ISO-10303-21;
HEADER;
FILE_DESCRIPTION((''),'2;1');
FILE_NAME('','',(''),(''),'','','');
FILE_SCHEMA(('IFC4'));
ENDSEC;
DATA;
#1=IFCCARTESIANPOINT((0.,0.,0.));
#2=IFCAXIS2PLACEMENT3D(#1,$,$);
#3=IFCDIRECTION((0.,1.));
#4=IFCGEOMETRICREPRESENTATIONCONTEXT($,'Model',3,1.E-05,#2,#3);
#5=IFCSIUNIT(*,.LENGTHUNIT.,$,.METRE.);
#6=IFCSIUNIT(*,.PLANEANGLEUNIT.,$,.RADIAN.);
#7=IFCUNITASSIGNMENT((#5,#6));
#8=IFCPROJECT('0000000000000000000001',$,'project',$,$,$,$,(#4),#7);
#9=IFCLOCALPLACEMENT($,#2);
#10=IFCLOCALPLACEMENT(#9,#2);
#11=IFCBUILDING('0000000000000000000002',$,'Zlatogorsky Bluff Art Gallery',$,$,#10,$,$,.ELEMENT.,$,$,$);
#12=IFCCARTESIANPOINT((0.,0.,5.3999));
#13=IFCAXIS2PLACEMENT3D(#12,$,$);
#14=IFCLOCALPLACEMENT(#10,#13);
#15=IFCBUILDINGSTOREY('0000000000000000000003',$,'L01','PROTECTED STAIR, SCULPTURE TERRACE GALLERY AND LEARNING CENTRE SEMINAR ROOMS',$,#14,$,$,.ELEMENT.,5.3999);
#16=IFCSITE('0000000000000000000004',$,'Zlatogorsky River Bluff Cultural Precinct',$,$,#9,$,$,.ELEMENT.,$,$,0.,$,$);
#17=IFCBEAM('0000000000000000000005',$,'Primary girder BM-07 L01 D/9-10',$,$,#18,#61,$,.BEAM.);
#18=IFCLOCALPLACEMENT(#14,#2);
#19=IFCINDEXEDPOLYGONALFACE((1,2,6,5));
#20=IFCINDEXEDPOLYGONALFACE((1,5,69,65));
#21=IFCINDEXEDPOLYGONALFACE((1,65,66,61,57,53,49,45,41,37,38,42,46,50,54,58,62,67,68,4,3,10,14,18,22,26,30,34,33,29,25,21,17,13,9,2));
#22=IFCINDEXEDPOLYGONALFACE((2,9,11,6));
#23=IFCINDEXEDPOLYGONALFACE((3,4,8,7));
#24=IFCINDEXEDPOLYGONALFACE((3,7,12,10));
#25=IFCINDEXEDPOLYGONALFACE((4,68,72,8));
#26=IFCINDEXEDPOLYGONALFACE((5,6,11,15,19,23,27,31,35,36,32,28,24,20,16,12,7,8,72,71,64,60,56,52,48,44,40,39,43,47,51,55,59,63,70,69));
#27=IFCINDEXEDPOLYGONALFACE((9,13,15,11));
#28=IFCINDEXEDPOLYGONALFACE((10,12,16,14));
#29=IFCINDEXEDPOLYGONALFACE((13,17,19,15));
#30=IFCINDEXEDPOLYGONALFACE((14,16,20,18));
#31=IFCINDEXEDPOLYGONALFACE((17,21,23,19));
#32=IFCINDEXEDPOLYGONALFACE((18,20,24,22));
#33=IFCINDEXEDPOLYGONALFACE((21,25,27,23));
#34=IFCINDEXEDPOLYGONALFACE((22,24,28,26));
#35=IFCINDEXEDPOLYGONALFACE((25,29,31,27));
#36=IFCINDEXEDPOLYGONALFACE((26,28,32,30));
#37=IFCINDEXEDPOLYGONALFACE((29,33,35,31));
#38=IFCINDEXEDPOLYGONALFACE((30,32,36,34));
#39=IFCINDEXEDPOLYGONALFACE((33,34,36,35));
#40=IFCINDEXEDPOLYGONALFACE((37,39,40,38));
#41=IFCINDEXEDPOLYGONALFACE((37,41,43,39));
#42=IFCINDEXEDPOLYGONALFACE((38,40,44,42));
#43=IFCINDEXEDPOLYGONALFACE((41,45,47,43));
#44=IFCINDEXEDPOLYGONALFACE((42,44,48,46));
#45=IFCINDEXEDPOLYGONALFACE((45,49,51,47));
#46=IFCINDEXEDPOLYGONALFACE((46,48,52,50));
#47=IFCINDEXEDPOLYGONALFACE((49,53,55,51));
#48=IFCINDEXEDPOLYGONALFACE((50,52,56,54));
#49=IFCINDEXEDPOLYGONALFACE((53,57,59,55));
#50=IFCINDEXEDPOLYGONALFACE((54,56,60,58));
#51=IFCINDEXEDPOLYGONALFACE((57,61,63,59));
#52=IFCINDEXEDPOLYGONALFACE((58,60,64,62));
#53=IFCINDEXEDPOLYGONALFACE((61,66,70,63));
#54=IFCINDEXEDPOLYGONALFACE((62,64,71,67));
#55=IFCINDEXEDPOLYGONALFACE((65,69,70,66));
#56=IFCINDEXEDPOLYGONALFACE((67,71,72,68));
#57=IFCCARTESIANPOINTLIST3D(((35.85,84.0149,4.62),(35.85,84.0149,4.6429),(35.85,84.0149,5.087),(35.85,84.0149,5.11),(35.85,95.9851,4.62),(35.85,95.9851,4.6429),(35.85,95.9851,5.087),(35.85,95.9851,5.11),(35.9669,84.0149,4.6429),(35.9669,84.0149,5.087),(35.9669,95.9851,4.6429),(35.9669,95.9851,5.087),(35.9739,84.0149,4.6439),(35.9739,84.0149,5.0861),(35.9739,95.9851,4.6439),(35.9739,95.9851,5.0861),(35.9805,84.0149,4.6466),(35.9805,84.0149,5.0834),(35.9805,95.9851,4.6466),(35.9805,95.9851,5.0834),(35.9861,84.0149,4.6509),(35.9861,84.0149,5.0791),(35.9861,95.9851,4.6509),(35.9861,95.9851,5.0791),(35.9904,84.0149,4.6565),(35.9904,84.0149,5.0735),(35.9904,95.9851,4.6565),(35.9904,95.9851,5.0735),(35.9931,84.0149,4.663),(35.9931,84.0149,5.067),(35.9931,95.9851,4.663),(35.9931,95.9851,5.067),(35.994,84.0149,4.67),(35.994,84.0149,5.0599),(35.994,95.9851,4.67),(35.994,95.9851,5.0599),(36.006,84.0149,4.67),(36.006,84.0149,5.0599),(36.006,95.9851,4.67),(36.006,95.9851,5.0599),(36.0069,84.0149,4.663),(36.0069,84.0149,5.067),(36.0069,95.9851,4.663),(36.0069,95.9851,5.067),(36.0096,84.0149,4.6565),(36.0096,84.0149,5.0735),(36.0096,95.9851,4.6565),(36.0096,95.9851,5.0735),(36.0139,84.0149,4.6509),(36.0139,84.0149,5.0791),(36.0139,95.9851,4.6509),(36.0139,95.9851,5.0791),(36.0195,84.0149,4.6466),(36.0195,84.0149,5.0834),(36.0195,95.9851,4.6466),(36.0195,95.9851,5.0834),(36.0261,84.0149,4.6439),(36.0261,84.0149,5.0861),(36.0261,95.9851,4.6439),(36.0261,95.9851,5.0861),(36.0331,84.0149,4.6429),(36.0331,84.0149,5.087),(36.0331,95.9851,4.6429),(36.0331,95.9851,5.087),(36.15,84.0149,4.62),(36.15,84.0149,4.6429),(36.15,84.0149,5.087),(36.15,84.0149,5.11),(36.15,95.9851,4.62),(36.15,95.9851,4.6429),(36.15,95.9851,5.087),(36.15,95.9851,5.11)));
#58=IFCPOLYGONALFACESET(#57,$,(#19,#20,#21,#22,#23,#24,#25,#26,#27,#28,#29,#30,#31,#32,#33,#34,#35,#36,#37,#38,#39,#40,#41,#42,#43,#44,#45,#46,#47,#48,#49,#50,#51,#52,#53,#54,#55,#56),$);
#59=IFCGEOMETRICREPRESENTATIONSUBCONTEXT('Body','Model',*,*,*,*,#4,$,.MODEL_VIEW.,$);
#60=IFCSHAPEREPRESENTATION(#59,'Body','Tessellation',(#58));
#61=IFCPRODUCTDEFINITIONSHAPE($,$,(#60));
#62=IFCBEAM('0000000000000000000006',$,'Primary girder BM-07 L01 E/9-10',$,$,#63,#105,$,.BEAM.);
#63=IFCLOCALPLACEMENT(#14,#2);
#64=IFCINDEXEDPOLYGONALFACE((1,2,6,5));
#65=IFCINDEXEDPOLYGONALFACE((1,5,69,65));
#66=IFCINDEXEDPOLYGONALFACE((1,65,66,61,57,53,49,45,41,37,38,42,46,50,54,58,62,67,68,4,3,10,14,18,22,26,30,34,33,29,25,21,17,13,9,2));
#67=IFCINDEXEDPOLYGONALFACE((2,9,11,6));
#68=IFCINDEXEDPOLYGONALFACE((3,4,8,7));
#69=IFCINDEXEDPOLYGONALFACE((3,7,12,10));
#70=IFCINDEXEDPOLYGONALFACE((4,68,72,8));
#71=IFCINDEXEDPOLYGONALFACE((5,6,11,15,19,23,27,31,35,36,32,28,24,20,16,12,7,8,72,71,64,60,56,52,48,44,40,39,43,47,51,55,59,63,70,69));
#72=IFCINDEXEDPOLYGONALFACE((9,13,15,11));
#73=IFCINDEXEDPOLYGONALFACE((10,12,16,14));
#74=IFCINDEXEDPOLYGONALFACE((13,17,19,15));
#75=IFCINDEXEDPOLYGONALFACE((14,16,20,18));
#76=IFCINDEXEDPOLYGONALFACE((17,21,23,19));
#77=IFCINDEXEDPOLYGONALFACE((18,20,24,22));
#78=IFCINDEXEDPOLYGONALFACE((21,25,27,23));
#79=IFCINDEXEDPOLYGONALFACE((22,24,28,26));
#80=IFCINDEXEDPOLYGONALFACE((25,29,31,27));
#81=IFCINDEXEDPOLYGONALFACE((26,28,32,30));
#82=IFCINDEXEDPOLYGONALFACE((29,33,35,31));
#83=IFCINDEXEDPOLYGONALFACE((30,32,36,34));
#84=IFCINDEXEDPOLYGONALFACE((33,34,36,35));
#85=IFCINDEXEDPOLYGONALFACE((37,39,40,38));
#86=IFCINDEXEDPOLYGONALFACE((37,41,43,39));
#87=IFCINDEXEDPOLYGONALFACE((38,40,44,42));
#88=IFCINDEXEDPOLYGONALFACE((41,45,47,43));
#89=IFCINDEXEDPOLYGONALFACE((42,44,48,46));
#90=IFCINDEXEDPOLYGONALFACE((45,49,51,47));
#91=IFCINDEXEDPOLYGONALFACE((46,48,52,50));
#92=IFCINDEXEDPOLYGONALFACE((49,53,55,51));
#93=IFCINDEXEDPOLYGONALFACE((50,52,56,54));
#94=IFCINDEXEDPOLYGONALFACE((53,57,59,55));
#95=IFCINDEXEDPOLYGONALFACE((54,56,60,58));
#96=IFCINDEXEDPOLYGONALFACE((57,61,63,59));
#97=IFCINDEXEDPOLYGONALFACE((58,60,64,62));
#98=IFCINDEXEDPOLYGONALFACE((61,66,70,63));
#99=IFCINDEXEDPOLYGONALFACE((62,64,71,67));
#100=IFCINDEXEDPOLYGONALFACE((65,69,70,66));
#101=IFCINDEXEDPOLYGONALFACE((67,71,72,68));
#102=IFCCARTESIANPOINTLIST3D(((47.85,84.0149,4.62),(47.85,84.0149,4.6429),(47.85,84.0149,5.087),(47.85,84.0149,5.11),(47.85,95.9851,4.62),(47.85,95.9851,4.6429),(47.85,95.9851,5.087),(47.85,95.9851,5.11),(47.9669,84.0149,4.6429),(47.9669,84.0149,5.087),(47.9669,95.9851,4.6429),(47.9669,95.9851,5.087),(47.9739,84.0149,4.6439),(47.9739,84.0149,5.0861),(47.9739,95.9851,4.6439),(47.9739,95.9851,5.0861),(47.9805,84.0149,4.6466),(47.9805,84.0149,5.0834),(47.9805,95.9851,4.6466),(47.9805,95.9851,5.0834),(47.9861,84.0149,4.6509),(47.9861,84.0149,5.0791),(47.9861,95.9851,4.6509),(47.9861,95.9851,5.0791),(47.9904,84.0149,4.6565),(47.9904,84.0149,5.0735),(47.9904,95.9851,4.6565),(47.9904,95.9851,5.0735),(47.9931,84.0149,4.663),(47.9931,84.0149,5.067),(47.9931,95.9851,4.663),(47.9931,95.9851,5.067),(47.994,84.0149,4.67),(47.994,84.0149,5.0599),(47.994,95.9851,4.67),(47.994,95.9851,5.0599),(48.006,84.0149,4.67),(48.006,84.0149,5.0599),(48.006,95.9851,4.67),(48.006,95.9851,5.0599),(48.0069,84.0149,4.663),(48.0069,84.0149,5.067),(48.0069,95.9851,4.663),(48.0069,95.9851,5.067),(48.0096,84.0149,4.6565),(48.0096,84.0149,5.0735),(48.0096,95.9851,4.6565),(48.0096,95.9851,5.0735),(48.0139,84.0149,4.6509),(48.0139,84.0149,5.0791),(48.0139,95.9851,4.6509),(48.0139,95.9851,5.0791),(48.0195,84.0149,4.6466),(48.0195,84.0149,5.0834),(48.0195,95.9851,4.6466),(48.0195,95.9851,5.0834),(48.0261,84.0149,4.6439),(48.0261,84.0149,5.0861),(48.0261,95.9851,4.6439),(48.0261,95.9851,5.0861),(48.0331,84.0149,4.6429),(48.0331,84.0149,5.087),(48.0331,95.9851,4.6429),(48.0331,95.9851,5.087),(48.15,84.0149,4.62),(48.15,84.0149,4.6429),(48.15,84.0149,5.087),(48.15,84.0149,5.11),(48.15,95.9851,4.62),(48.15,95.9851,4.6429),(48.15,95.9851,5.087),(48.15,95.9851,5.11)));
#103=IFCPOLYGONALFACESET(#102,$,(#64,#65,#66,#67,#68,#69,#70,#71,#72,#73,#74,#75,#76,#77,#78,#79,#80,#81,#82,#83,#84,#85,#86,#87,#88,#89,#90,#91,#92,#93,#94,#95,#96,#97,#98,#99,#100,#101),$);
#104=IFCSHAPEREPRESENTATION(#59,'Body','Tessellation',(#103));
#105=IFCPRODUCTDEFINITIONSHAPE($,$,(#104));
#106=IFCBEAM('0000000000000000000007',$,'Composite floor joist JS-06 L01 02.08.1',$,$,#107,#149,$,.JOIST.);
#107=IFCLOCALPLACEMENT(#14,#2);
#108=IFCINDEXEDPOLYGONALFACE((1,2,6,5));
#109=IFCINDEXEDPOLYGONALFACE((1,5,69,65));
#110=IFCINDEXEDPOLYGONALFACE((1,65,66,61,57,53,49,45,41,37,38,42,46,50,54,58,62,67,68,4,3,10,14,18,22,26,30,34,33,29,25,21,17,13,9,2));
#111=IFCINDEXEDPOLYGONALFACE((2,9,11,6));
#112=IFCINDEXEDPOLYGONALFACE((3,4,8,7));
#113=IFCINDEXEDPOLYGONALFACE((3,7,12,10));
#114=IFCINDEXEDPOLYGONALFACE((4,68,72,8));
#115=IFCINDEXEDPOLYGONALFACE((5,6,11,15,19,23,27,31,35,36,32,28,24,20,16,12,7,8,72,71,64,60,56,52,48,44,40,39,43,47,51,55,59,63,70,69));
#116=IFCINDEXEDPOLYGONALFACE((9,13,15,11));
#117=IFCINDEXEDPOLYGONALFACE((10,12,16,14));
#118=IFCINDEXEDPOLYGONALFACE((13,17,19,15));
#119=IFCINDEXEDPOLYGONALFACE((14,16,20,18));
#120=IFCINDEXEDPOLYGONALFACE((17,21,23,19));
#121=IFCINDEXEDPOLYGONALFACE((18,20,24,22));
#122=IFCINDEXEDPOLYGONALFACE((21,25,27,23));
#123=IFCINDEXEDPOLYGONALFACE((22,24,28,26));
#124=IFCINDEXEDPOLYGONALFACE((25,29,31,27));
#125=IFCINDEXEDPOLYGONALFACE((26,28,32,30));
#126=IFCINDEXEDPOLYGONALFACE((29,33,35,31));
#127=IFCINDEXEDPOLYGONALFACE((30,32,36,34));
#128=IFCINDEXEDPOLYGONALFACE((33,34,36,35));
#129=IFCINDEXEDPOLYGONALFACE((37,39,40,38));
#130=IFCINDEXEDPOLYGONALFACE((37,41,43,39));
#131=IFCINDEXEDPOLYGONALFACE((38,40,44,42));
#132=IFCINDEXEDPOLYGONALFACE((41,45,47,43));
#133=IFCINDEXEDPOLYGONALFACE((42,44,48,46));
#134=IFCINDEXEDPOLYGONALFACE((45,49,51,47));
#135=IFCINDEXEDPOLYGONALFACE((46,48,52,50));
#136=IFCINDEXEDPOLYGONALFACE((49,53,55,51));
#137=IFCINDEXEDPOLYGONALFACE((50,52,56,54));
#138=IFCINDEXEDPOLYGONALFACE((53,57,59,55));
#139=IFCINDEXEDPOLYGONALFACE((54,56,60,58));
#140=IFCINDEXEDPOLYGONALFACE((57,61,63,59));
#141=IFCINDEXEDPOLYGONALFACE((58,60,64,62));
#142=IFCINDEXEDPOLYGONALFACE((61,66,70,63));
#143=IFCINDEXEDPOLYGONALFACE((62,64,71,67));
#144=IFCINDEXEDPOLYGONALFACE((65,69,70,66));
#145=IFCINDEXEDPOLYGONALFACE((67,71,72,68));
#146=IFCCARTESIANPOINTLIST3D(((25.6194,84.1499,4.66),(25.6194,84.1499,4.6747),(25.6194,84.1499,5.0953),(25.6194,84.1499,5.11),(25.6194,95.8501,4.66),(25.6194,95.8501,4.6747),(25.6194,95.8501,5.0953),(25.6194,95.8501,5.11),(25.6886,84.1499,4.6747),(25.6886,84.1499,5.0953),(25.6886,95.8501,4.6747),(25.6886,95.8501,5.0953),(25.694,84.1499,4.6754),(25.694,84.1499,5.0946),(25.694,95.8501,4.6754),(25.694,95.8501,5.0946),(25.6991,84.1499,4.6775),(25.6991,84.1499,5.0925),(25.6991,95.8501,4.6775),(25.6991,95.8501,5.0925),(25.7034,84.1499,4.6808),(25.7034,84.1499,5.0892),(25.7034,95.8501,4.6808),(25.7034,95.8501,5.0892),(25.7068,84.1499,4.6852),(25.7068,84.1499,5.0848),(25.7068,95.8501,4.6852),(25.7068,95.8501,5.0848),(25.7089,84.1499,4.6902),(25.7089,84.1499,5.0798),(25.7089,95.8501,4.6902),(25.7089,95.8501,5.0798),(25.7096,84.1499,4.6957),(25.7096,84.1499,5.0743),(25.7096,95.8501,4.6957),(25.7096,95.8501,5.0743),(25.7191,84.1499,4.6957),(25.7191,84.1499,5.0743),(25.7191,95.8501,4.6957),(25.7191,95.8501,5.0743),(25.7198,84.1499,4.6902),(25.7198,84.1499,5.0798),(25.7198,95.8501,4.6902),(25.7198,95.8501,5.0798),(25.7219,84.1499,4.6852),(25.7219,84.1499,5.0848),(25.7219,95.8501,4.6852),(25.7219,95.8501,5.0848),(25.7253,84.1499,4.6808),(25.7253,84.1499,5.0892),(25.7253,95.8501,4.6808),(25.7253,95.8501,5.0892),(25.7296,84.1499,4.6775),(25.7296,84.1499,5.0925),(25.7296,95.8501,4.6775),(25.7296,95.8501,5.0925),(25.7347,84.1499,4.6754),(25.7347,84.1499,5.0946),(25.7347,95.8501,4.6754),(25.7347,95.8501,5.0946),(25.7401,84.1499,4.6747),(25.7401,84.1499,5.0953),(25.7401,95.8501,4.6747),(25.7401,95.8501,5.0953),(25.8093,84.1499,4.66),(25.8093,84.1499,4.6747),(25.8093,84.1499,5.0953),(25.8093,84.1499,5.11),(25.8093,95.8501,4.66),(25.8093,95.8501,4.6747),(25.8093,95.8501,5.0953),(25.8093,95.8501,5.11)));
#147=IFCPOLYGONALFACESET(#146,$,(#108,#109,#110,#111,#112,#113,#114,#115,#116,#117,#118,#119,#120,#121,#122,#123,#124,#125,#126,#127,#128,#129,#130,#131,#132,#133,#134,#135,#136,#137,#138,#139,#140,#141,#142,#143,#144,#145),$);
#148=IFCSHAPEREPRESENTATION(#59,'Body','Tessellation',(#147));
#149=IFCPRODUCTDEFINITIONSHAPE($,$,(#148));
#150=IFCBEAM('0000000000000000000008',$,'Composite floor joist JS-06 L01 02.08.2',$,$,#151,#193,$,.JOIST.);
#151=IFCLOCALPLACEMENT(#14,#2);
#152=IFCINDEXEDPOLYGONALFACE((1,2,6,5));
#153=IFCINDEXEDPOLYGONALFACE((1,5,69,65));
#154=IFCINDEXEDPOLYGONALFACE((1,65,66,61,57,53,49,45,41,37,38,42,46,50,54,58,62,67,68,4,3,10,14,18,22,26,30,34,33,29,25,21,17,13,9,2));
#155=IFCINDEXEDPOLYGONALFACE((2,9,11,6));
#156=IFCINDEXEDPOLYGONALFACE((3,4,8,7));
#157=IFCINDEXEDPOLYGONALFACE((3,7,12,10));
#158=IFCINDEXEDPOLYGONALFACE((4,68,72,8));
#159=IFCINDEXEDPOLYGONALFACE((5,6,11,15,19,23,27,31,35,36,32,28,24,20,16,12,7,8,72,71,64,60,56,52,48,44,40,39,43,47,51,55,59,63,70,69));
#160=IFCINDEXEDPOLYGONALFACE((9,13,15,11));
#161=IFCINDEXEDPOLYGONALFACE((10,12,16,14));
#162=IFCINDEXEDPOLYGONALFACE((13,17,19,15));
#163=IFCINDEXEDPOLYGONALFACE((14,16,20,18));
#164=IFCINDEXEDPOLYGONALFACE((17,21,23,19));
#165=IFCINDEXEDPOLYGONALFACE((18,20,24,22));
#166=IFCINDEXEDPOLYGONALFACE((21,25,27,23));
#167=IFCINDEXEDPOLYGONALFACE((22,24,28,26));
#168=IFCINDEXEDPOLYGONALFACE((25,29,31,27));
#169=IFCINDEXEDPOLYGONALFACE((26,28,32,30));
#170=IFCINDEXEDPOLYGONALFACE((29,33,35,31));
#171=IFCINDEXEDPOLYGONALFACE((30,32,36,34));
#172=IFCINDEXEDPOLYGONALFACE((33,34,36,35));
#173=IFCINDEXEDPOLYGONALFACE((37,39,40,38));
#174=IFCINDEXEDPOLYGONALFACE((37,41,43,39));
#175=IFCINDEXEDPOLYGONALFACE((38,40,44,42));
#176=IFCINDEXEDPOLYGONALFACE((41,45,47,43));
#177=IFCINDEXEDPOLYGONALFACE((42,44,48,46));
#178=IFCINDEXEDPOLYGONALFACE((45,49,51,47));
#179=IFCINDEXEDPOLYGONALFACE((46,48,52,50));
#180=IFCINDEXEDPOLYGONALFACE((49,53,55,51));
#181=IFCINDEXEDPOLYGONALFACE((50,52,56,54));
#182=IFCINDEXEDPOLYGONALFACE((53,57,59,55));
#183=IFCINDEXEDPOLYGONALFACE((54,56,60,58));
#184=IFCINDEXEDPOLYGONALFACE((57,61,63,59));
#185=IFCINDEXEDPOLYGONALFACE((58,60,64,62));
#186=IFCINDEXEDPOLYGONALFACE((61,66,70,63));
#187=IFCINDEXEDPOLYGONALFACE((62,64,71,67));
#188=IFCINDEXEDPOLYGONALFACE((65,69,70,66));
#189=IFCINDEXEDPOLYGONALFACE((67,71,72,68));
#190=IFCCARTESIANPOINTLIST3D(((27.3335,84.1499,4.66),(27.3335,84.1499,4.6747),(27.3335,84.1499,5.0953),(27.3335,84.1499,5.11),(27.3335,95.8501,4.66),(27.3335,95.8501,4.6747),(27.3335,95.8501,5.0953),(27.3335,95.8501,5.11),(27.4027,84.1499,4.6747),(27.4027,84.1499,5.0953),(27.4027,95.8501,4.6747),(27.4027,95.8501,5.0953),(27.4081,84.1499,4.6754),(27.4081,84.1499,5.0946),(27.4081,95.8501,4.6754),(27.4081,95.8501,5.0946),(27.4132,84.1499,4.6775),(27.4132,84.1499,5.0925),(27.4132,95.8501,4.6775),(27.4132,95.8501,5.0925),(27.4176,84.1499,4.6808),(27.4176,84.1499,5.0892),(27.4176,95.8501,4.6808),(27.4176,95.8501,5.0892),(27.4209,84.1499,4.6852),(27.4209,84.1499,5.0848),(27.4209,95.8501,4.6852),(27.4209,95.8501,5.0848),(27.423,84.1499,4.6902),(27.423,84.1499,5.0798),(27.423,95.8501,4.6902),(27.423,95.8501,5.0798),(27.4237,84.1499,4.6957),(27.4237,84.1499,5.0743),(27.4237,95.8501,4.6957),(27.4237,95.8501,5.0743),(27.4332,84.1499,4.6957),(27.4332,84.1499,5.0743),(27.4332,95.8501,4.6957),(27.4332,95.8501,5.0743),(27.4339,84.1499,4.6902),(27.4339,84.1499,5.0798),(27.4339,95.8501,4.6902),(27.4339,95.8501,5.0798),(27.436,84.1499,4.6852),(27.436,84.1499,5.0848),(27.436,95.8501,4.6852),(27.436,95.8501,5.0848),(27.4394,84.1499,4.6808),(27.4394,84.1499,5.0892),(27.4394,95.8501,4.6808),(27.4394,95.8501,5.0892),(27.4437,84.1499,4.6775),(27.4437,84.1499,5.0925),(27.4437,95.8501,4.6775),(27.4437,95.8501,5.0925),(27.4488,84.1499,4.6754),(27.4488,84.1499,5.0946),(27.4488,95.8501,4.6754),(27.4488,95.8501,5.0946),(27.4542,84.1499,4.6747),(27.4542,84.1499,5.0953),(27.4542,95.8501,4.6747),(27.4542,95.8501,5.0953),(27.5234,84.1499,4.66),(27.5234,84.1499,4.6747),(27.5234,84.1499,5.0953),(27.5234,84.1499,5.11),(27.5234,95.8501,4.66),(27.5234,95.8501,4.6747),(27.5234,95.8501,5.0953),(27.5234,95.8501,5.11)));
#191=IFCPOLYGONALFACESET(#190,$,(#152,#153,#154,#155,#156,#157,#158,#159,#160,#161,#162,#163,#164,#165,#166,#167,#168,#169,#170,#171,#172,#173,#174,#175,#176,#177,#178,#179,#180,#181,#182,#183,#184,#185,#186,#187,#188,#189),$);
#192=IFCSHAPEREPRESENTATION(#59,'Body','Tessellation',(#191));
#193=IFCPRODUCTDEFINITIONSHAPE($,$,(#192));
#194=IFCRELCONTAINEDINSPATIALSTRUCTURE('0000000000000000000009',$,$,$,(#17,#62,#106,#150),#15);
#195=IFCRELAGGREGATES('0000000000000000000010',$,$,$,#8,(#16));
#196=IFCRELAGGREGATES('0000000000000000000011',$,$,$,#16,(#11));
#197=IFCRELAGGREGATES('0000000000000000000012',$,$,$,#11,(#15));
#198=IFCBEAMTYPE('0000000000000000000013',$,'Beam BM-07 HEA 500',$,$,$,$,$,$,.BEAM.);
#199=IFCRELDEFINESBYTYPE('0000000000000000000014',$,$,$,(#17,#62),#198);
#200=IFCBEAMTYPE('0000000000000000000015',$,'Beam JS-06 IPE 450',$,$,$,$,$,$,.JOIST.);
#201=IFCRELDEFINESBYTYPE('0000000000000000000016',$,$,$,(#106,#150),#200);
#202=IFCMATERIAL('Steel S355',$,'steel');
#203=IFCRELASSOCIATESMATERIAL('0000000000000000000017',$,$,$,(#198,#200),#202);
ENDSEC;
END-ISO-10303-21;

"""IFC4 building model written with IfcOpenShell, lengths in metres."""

from ifc_helpers import new_model, si_unit, direction, frame, origin, origin_2d, place, context, subcontext, project, spatial, i_section, extrude, material, material_profile, profile_set, type_object, element, save


model = new_model("IFC4")

# Units and contexts
model_context = context("Model", 3, precision=1e-05, world=origin(), true_north=direction((0.0, 1.0)))
body_context = subcontext(model_context, "Body", "Model", "MODEL_VIEW")
ifc_project = project(units=[si_unit("LENGTHUNIT", "METRE"), si_unit("PLANEANGLEUNIT", "RADIAN")], contexts=[model_context])

# Site, building, storey
site_placement = place(None, origin())
site = spatial("IfcSite", under=ifc_project, at=site_placement, Name="Zlatogorsky River Bluff Cultural Precinct", CompositionType="ELEMENT", RefElevation=0.0)
building_placement = place(site_placement, origin())
building = spatial("IfcBuilding", under=site, at=building_placement, Name="Zlatogorsky Bluff Art Gallery", CompositionType="ELEMENT")
storey_placement = place(building_placement, frame((0.0, 0.0, 5.3999)))
storey = spatial("IfcBuildingStorey", under=building, at=storey_placement, Name="L01", Description="PROTECTED STAIR, SCULPTURE TERRACE GALLERY AND LEARNING CENTRE SEMINAR ROOMS", CompositionType="ELEMENT", Elevation=5.3999)

# Beams
ifc_material_1 = material(Name="Steel S355", Category="steel")
ifc_material_profile_1 = material_profile(ifc_material_1, i_section(OverallWidth=0.3, OverallDepth=0.49, WebThickness=0.012, FlangeThickness=0.0229, FilletRadius=0.0271, at=origin_2d()), Name="HEA 500")
ifc_profile_set_1 = profile_set([ifc_material_profile_1], Name="Steel S355")
beam_type_1 = type_object("IfcBeamType", Name="Beam BM-07 HEA 500", PredefinedType="BEAM", material=ifc_profile_set_1)
for number, where, z_axis, x_axis, name in (
    (1, (36.0, 84.0149, 4.865), (0.0, 1.0, 0.0), (-1.0, 0.0, 0.0), "Primary girder BM-07 L01 D/9-10"),
    (2, (48.0, 84.0149, 4.865), (0.0, 1.0, 0.0), (-1.0, 0.0, 0.0), "Primary girder BM-07 L01 E/9-10"),
):
    element("IfcBeam", number, at=place(storey_placement, frame(where, z_axis=z_axis, x_axis=x_axis)), inside=storey, type_object=beam_type_1, Name=name, PredefinedType="BEAM", context=body_context, shape_type="SweptSolid", body=[
        extrude(i_section(OverallWidth=0.3, OverallDepth=0.49, WebThickness=0.012, FlangeThickness=0.0229, FilletRadius=0.0271, at=origin_2d()), origin(), (0.0, 0.0, 1.0), 11.9702),
    ])
ifc_material_profile_2 = material_profile(ifc_material_1, i_section(OverallWidth=0.1899, OverallDepth=0.45, WebThickness=0.0095, FlangeThickness=0.0146, FilletRadius=0.021, at=origin_2d()), Name="IPE 450")
ifc_profile_set_2 = profile_set([ifc_material_profile_2], Name="Steel S355")
beam_type_2 = type_object("IfcBeamType", Name="Beam JS-06 IPE 450", PredefinedType="JOIST", material=ifc_profile_set_2)
for number, where, z_axis, x_axis, name in (
    (3, (25.7144, 84.1499, 4.885), (0.0, 1.0, 0.0), (-1.0, 0.0, 0.0), "Composite floor joist JS-06 L01 02.08.1"),
    (4, (27.4285, 84.1499, 4.885), (0.0, 1.0, 0.0), (-1.0, 0.0, 0.0), "Composite floor joist JS-06 L01 02.08.2"),
):
    element("IfcBeam", number, at=place(storey_placement, frame(where, z_axis=z_axis, x_axis=x_axis)), inside=storey, type_object=beam_type_2, Name=name, PredefinedType="JOIST", context=body_context, shape_type="SweptSolid", body=[
        extrude(i_section(OverallWidth=0.1899, OverallDepth=0.45, WebThickness=0.0095, FlangeThickness=0.0146, FilletRadius=0.021, at=origin_2d()), origin(), (0.0, 0.0, 1.0), 11.7002),
    ])

save(model, "model.ifc")
